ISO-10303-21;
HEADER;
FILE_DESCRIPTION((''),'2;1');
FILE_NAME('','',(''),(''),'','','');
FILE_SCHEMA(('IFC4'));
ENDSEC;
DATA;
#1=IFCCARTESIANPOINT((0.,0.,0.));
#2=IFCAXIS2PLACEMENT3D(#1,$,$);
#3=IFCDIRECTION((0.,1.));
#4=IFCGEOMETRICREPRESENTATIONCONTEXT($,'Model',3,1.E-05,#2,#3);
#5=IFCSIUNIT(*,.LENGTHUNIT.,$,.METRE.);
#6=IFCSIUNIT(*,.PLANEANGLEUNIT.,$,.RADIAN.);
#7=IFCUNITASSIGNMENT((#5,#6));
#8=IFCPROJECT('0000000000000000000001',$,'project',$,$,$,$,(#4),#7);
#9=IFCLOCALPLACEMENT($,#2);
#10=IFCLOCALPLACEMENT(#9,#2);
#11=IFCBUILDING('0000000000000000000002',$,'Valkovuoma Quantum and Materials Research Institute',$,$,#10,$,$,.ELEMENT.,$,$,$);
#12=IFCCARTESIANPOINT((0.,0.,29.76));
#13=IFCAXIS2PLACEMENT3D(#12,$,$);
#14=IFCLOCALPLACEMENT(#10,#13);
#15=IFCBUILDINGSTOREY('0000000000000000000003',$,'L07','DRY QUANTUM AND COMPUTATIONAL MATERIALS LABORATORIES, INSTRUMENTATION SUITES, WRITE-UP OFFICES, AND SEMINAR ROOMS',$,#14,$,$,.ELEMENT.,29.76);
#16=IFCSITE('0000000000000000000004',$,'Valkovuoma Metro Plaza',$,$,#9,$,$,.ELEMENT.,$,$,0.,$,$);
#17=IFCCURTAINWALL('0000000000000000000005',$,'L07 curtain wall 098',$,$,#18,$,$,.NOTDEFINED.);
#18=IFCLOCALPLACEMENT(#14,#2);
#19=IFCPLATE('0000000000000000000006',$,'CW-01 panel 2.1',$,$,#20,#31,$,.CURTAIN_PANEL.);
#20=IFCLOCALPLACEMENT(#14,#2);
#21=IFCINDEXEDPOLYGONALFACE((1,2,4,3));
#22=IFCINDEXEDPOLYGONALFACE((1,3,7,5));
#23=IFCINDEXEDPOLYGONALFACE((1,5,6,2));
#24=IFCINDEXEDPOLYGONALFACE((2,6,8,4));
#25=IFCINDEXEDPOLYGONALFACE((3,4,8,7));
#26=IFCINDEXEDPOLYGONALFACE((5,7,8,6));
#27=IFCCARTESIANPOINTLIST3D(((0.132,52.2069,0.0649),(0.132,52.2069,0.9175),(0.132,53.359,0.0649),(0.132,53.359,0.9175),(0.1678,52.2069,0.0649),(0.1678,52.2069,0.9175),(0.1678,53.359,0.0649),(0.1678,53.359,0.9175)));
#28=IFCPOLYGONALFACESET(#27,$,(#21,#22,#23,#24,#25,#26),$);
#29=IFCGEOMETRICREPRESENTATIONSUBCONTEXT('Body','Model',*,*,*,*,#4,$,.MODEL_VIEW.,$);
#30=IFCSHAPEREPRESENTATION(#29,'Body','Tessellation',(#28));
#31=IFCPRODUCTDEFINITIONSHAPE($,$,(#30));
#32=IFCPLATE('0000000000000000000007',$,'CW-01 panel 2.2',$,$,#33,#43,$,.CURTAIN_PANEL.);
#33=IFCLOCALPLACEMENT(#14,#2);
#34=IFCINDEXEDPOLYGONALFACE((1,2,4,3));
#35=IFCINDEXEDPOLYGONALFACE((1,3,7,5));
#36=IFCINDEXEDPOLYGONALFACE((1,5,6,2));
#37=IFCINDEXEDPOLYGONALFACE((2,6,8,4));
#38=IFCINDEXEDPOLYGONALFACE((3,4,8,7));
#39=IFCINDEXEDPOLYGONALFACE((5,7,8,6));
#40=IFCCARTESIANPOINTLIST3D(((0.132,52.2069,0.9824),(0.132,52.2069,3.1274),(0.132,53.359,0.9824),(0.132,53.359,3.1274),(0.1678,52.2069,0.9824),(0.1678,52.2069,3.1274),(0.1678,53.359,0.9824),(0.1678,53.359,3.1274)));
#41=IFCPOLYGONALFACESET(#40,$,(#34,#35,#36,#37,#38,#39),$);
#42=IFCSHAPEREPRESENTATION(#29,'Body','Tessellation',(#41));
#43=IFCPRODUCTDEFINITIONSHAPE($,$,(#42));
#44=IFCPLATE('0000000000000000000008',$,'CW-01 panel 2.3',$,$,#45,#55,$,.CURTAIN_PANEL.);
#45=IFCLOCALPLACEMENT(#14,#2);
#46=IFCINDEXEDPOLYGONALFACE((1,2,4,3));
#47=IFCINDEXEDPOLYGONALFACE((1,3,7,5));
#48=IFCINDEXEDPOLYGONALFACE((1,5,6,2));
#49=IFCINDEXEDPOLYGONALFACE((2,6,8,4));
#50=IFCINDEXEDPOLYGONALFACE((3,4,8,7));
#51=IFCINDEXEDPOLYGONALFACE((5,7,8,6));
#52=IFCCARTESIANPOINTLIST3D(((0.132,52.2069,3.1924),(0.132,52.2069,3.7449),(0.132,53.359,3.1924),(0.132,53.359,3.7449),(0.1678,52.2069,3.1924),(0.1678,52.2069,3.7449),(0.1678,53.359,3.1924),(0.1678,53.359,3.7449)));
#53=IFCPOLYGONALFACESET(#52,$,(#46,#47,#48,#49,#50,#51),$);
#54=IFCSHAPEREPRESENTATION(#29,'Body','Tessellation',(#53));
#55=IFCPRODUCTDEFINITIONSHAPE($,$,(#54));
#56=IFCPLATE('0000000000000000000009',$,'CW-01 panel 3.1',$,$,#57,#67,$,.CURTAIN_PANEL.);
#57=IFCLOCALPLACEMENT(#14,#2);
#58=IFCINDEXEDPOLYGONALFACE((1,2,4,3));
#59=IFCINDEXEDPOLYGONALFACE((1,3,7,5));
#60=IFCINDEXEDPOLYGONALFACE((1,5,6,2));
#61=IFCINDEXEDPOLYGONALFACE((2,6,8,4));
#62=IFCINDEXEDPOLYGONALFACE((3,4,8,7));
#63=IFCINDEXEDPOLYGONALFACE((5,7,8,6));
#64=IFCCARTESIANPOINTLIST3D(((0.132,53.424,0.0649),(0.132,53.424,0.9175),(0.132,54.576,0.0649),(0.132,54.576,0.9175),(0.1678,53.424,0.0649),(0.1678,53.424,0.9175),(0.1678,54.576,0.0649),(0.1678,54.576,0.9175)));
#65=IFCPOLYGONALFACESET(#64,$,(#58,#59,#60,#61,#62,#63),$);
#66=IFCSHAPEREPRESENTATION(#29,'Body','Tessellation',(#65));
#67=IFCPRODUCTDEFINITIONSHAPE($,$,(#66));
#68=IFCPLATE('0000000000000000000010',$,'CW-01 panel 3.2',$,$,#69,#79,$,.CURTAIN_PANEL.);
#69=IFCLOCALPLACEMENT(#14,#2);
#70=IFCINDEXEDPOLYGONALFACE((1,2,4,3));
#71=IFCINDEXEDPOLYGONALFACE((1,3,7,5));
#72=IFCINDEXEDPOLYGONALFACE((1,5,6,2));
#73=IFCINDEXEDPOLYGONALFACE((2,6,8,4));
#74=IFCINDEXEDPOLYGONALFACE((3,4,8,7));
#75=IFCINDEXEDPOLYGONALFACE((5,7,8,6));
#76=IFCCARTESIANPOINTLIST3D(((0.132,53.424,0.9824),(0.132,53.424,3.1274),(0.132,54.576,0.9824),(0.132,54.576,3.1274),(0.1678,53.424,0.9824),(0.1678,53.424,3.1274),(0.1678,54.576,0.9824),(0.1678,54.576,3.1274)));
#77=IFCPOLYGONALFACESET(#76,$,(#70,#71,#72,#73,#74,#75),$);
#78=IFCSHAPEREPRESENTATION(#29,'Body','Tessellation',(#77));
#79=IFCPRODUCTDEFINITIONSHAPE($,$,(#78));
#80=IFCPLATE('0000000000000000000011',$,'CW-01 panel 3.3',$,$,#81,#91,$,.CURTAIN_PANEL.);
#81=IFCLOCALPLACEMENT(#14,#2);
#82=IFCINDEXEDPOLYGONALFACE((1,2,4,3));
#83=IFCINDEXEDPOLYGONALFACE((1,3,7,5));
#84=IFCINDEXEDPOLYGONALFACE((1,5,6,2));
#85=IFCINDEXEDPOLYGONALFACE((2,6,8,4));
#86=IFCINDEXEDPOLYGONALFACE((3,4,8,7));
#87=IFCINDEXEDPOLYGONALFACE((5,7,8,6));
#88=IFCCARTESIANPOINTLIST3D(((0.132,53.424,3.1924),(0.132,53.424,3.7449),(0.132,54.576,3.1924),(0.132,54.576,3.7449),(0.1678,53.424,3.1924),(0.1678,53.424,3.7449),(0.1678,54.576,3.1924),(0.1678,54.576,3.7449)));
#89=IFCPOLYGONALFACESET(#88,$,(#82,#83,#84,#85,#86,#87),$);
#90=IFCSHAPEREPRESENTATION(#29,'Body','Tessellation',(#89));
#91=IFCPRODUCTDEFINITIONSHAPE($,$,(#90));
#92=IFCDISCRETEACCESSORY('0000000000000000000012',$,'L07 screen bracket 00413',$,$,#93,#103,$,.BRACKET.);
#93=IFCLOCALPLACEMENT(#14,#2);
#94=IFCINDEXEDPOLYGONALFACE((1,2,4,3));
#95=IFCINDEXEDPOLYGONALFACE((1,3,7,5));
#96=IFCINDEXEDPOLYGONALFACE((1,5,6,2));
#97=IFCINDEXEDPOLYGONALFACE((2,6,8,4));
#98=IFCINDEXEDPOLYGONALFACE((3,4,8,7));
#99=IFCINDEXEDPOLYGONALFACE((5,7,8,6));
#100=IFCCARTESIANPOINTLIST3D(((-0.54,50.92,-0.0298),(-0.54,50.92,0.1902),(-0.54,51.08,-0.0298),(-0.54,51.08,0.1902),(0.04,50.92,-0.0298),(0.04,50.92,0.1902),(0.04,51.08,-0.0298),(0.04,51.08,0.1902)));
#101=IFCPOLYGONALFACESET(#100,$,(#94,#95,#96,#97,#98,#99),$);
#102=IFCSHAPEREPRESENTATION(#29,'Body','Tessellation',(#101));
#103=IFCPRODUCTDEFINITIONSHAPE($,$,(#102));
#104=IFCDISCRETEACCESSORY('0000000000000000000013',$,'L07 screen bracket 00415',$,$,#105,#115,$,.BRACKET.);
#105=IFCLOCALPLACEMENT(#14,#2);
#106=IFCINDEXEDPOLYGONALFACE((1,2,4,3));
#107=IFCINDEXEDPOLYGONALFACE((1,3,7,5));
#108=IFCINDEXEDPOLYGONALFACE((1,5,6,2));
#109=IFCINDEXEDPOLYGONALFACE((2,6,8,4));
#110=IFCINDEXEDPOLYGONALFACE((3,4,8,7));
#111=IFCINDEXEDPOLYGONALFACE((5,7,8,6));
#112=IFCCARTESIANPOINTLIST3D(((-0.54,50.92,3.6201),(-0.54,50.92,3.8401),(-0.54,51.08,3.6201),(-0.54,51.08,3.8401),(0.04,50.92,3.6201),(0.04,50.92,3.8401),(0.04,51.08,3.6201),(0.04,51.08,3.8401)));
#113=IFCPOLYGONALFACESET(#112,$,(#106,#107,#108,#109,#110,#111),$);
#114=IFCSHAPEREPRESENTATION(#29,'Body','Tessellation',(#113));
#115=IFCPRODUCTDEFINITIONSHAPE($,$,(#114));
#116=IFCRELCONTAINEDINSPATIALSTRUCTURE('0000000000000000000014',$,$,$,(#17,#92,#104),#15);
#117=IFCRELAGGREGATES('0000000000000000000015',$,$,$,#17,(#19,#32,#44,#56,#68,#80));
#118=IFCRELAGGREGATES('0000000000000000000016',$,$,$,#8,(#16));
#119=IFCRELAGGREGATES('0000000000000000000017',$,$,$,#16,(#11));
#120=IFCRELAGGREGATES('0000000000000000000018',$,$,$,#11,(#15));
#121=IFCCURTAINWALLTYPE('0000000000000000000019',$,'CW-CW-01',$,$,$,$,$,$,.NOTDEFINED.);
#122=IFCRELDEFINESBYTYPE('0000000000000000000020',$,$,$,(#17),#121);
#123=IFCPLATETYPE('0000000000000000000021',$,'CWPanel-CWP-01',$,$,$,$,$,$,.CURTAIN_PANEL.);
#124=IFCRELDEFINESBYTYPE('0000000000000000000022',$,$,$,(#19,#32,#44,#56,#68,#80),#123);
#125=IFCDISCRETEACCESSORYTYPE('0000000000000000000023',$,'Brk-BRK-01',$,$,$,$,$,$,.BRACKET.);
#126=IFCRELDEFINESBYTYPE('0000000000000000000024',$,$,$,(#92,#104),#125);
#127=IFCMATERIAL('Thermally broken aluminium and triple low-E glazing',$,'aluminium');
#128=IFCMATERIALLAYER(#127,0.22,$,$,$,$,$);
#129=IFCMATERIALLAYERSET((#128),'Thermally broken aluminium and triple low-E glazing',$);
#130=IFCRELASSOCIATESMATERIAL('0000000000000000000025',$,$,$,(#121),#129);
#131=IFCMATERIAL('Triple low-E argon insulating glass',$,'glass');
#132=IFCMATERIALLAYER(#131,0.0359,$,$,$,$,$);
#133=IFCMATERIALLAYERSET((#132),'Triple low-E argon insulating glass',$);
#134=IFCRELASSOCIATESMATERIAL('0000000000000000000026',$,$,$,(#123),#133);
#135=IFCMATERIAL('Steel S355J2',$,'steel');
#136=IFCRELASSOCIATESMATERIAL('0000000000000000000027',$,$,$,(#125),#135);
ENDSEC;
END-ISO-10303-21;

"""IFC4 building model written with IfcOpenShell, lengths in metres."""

from ifc_helpers import new_model, si_unit, direction, frame, origin, origin_2d, place, context, subcontext, project, spatial, rectangle, extrude, material, layer, layer_set, type_object, element, aggregate, save


model = new_model("IFC4")

# Units and contexts
model_context = context("Model", 3, precision=1e-05, world=origin(), true_north=direction((0.0, 1.0)))
body_context = subcontext(model_context, "Body", "Model", "MODEL_VIEW")
ifc_project = project(units=[si_unit("LENGTHUNIT", "METRE"), si_unit("PLANEANGLEUNIT", "RADIAN")], contexts=[model_context])

# Site, building, storey
site_placement = place(None, origin())
site = spatial("IfcSite", under=ifc_project, at=site_placement, Name="Valkovuoma Metro Plaza", CompositionType="ELEMENT", RefElevation=0.0)
building_placement = place(site_placement, origin())
building = spatial("IfcBuilding", under=site, at=building_placement, Name="Valkovuoma Quantum and Materials Research Institute", CompositionType="ELEMENT")
storey_placement = place(building_placement, frame((0.0, 0.0, 29.76)))
storey = spatial("IfcBuildingStorey", under=building, at=storey_placement, Name="L07", Description="DRY QUANTUM AND COMPUTATIONAL MATERIALS LABORATORIES, INSTRUMENTATION SUITES, WRITE-UP OFFICES, AND SEMINAR ROOMS", CompositionType="ELEMENT", Elevation=29.76)

# Curtain wall, plates
ifc_material_1 = material(Name="Thermally broken aluminium and triple low-E glazing", Category="aluminium")
ifc_layer_1 = layer(ifc_material_1, 0.22)
ifc_layer_set_1 = layer_set([ifc_layer_1], Name="Thermally broken aluminium and triple low-E glazing")
curtain_wall_type = type_object("IfcCurtainWallType", Name="CW-CW-01", PredefinedType="NOTDEFINED", material=ifc_layer_set_1)
curtain_wall_placement = place(storey_placement, origin())
curtain_wall = element("IfcCurtainWall", 1, at=curtain_wall_placement, inside=storey, type_object=curtain_wall_type, Name="L07 curtain wall 098", PredefinedType="NOTDEFINED")
ifc_material_2 = material(Name="Triple low-E argon insulating glass", Category="glass")
ifc_layer_2 = layer(ifc_material_2, 0.0359)
ifc_layer_set_2 = layer_set([ifc_layer_2], Name="Triple low-E argon insulating glass")
plate_type = type_object("IfcPlateType", Name="CWPanel-CWP-01", PredefinedType="CURTAIN_PANEL", material=ifc_layer_set_2)
plate_1_placement = place(storey_placement, frame((0.1499, 52.783, 0.0649), z_axis=(0.0, 0.0, 1.0), x_axis=(0.0, 1.0, 0.0)))
plate_1 = element("IfcPlate", 2, at=plate_1_placement, type_object=plate_type, Name="CW-01 panel 2.1", PredefinedType="CURTAIN_PANEL", context=body_context, shape_type="SweptSolid", body=[
    extrude(rectangle(XDim=1.1521, YDim=0.0359, at=origin_2d()), origin(), (0.0, 0.0, 1.0), 0.8525),
])
plate_2_placement = place(storey_placement, frame((0.1499, 52.783, 0.9824), z_axis=(0.0, 0.0, 1.0), x_axis=(0.0, 1.0, 0.0)))
plate_2 = element("IfcPlate", 3, at=plate_2_placement, type_object=plate_type, Name="CW-01 panel 2.2", PredefinedType="CURTAIN_PANEL", context=body_context, shape_type="SweptSolid", body=[
    extrude(rectangle(XDim=1.1521, YDim=0.0359, at=origin_2d()), origin(), (0.0, 0.0, 1.0), 2.145),
])
plate_3_placement = place(storey_placement, frame((0.1499, 52.783, 3.1924), z_axis=(0.0, 0.0, 1.0), x_axis=(0.0, 1.0, 0.0)))
plate_3 = element("IfcPlate", 4, at=plate_3_placement, type_object=plate_type, Name="CW-01 panel 2.3", PredefinedType="CURTAIN_PANEL", context=body_context, shape_type="SweptSolid", body=[
    extrude(rectangle(XDim=1.1521, YDim=0.0359, at=origin_2d()), origin(), (0.0, 0.0, 1.0), 0.5525),
])
plate_4_placement = place(storey_placement, frame((0.1499, 54.0, 0.0649), z_axis=(0.0, 0.0, 1.0), x_axis=(0.0, 1.0, 0.0)))
plate_4 = element("IfcPlate", 5, at=plate_4_placement, type_object=plate_type, Name="CW-01 panel 3.1", PredefinedType="CURTAIN_PANEL", context=body_context, shape_type="SweptSolid", body=[
    extrude(rectangle(XDim=1.1521, YDim=0.0359, at=origin_2d()), origin(), (0.0, 0.0, 1.0), 0.8525),
])
plate_5_placement = place(storey_placement, frame((0.1499, 54.0, 0.9824), z_axis=(0.0, 0.0, 1.0), x_axis=(0.0, 1.0, 0.0)))
plate_5 = element("IfcPlate", 6, at=plate_5_placement, type_object=plate_type, Name="CW-01 panel 3.2", PredefinedType="CURTAIN_PANEL", context=body_context, shape_type="SweptSolid", body=[
    extrude(rectangle(XDim=1.1521, YDim=0.0359, at=origin_2d()), origin(), (0.0, 0.0, 1.0), 2.145),
])
plate_6_placement = place(storey_placement, frame((0.1499, 54.0, 3.1924), z_axis=(0.0, 0.0, 1.0), x_axis=(0.0, 1.0, 0.0)))
plate_6 = element("IfcPlate", 7, at=plate_6_placement, type_object=plate_type, Name="CW-01 panel 3.3", PredefinedType="CURTAIN_PANEL", context=body_context, shape_type="SweptSolid", body=[
    extrude(rectangle(XDim=1.1521, YDim=0.0359, at=origin_2d()), origin(), (0.0, 0.0, 1.0), 0.5525),
])
aggregate(curtain_wall, [plate_1, plate_2, plate_3, plate_4, plate_5, plate_6])

# Discrete accessories
ifc_material_3 = material(Name="Steel S355J2", Category="steel")
discrete_accessory_type = type_object("IfcDiscreteAccessoryType", Name="Brk-BRK-01", PredefinedType="BRACKET", material=ifc_material_3)
for number, where, z_axis, x_axis, name in (
    (8, (-0.25, 51.0, -0.0298), (0.0, 0.0, 1.0), (1.0, 0.0, 0.0), "L07 screen bracket 00413"),
    (9, (-0.25, 51.0, 3.6201), (0.0, 0.0, 1.0), (1.0, 0.0, 0.0), "L07 screen bracket 00415"),
):
    element("IfcDiscreteAccessory", number, at=place(storey_placement, frame(where, z_axis=z_axis, x_axis=x_axis)), inside=storey, type_object=discrete_accessory_type, Name=name, PredefinedType="BRACKET", context=body_context, shape_type="SweptSolid", body=[
        extrude(rectangle(XDim=0.5801, YDim=0.1599, at=origin_2d()), origin(), (0.0, 0.0, 1.0), 0.22),
    ])

save(model, "model.ifc")
